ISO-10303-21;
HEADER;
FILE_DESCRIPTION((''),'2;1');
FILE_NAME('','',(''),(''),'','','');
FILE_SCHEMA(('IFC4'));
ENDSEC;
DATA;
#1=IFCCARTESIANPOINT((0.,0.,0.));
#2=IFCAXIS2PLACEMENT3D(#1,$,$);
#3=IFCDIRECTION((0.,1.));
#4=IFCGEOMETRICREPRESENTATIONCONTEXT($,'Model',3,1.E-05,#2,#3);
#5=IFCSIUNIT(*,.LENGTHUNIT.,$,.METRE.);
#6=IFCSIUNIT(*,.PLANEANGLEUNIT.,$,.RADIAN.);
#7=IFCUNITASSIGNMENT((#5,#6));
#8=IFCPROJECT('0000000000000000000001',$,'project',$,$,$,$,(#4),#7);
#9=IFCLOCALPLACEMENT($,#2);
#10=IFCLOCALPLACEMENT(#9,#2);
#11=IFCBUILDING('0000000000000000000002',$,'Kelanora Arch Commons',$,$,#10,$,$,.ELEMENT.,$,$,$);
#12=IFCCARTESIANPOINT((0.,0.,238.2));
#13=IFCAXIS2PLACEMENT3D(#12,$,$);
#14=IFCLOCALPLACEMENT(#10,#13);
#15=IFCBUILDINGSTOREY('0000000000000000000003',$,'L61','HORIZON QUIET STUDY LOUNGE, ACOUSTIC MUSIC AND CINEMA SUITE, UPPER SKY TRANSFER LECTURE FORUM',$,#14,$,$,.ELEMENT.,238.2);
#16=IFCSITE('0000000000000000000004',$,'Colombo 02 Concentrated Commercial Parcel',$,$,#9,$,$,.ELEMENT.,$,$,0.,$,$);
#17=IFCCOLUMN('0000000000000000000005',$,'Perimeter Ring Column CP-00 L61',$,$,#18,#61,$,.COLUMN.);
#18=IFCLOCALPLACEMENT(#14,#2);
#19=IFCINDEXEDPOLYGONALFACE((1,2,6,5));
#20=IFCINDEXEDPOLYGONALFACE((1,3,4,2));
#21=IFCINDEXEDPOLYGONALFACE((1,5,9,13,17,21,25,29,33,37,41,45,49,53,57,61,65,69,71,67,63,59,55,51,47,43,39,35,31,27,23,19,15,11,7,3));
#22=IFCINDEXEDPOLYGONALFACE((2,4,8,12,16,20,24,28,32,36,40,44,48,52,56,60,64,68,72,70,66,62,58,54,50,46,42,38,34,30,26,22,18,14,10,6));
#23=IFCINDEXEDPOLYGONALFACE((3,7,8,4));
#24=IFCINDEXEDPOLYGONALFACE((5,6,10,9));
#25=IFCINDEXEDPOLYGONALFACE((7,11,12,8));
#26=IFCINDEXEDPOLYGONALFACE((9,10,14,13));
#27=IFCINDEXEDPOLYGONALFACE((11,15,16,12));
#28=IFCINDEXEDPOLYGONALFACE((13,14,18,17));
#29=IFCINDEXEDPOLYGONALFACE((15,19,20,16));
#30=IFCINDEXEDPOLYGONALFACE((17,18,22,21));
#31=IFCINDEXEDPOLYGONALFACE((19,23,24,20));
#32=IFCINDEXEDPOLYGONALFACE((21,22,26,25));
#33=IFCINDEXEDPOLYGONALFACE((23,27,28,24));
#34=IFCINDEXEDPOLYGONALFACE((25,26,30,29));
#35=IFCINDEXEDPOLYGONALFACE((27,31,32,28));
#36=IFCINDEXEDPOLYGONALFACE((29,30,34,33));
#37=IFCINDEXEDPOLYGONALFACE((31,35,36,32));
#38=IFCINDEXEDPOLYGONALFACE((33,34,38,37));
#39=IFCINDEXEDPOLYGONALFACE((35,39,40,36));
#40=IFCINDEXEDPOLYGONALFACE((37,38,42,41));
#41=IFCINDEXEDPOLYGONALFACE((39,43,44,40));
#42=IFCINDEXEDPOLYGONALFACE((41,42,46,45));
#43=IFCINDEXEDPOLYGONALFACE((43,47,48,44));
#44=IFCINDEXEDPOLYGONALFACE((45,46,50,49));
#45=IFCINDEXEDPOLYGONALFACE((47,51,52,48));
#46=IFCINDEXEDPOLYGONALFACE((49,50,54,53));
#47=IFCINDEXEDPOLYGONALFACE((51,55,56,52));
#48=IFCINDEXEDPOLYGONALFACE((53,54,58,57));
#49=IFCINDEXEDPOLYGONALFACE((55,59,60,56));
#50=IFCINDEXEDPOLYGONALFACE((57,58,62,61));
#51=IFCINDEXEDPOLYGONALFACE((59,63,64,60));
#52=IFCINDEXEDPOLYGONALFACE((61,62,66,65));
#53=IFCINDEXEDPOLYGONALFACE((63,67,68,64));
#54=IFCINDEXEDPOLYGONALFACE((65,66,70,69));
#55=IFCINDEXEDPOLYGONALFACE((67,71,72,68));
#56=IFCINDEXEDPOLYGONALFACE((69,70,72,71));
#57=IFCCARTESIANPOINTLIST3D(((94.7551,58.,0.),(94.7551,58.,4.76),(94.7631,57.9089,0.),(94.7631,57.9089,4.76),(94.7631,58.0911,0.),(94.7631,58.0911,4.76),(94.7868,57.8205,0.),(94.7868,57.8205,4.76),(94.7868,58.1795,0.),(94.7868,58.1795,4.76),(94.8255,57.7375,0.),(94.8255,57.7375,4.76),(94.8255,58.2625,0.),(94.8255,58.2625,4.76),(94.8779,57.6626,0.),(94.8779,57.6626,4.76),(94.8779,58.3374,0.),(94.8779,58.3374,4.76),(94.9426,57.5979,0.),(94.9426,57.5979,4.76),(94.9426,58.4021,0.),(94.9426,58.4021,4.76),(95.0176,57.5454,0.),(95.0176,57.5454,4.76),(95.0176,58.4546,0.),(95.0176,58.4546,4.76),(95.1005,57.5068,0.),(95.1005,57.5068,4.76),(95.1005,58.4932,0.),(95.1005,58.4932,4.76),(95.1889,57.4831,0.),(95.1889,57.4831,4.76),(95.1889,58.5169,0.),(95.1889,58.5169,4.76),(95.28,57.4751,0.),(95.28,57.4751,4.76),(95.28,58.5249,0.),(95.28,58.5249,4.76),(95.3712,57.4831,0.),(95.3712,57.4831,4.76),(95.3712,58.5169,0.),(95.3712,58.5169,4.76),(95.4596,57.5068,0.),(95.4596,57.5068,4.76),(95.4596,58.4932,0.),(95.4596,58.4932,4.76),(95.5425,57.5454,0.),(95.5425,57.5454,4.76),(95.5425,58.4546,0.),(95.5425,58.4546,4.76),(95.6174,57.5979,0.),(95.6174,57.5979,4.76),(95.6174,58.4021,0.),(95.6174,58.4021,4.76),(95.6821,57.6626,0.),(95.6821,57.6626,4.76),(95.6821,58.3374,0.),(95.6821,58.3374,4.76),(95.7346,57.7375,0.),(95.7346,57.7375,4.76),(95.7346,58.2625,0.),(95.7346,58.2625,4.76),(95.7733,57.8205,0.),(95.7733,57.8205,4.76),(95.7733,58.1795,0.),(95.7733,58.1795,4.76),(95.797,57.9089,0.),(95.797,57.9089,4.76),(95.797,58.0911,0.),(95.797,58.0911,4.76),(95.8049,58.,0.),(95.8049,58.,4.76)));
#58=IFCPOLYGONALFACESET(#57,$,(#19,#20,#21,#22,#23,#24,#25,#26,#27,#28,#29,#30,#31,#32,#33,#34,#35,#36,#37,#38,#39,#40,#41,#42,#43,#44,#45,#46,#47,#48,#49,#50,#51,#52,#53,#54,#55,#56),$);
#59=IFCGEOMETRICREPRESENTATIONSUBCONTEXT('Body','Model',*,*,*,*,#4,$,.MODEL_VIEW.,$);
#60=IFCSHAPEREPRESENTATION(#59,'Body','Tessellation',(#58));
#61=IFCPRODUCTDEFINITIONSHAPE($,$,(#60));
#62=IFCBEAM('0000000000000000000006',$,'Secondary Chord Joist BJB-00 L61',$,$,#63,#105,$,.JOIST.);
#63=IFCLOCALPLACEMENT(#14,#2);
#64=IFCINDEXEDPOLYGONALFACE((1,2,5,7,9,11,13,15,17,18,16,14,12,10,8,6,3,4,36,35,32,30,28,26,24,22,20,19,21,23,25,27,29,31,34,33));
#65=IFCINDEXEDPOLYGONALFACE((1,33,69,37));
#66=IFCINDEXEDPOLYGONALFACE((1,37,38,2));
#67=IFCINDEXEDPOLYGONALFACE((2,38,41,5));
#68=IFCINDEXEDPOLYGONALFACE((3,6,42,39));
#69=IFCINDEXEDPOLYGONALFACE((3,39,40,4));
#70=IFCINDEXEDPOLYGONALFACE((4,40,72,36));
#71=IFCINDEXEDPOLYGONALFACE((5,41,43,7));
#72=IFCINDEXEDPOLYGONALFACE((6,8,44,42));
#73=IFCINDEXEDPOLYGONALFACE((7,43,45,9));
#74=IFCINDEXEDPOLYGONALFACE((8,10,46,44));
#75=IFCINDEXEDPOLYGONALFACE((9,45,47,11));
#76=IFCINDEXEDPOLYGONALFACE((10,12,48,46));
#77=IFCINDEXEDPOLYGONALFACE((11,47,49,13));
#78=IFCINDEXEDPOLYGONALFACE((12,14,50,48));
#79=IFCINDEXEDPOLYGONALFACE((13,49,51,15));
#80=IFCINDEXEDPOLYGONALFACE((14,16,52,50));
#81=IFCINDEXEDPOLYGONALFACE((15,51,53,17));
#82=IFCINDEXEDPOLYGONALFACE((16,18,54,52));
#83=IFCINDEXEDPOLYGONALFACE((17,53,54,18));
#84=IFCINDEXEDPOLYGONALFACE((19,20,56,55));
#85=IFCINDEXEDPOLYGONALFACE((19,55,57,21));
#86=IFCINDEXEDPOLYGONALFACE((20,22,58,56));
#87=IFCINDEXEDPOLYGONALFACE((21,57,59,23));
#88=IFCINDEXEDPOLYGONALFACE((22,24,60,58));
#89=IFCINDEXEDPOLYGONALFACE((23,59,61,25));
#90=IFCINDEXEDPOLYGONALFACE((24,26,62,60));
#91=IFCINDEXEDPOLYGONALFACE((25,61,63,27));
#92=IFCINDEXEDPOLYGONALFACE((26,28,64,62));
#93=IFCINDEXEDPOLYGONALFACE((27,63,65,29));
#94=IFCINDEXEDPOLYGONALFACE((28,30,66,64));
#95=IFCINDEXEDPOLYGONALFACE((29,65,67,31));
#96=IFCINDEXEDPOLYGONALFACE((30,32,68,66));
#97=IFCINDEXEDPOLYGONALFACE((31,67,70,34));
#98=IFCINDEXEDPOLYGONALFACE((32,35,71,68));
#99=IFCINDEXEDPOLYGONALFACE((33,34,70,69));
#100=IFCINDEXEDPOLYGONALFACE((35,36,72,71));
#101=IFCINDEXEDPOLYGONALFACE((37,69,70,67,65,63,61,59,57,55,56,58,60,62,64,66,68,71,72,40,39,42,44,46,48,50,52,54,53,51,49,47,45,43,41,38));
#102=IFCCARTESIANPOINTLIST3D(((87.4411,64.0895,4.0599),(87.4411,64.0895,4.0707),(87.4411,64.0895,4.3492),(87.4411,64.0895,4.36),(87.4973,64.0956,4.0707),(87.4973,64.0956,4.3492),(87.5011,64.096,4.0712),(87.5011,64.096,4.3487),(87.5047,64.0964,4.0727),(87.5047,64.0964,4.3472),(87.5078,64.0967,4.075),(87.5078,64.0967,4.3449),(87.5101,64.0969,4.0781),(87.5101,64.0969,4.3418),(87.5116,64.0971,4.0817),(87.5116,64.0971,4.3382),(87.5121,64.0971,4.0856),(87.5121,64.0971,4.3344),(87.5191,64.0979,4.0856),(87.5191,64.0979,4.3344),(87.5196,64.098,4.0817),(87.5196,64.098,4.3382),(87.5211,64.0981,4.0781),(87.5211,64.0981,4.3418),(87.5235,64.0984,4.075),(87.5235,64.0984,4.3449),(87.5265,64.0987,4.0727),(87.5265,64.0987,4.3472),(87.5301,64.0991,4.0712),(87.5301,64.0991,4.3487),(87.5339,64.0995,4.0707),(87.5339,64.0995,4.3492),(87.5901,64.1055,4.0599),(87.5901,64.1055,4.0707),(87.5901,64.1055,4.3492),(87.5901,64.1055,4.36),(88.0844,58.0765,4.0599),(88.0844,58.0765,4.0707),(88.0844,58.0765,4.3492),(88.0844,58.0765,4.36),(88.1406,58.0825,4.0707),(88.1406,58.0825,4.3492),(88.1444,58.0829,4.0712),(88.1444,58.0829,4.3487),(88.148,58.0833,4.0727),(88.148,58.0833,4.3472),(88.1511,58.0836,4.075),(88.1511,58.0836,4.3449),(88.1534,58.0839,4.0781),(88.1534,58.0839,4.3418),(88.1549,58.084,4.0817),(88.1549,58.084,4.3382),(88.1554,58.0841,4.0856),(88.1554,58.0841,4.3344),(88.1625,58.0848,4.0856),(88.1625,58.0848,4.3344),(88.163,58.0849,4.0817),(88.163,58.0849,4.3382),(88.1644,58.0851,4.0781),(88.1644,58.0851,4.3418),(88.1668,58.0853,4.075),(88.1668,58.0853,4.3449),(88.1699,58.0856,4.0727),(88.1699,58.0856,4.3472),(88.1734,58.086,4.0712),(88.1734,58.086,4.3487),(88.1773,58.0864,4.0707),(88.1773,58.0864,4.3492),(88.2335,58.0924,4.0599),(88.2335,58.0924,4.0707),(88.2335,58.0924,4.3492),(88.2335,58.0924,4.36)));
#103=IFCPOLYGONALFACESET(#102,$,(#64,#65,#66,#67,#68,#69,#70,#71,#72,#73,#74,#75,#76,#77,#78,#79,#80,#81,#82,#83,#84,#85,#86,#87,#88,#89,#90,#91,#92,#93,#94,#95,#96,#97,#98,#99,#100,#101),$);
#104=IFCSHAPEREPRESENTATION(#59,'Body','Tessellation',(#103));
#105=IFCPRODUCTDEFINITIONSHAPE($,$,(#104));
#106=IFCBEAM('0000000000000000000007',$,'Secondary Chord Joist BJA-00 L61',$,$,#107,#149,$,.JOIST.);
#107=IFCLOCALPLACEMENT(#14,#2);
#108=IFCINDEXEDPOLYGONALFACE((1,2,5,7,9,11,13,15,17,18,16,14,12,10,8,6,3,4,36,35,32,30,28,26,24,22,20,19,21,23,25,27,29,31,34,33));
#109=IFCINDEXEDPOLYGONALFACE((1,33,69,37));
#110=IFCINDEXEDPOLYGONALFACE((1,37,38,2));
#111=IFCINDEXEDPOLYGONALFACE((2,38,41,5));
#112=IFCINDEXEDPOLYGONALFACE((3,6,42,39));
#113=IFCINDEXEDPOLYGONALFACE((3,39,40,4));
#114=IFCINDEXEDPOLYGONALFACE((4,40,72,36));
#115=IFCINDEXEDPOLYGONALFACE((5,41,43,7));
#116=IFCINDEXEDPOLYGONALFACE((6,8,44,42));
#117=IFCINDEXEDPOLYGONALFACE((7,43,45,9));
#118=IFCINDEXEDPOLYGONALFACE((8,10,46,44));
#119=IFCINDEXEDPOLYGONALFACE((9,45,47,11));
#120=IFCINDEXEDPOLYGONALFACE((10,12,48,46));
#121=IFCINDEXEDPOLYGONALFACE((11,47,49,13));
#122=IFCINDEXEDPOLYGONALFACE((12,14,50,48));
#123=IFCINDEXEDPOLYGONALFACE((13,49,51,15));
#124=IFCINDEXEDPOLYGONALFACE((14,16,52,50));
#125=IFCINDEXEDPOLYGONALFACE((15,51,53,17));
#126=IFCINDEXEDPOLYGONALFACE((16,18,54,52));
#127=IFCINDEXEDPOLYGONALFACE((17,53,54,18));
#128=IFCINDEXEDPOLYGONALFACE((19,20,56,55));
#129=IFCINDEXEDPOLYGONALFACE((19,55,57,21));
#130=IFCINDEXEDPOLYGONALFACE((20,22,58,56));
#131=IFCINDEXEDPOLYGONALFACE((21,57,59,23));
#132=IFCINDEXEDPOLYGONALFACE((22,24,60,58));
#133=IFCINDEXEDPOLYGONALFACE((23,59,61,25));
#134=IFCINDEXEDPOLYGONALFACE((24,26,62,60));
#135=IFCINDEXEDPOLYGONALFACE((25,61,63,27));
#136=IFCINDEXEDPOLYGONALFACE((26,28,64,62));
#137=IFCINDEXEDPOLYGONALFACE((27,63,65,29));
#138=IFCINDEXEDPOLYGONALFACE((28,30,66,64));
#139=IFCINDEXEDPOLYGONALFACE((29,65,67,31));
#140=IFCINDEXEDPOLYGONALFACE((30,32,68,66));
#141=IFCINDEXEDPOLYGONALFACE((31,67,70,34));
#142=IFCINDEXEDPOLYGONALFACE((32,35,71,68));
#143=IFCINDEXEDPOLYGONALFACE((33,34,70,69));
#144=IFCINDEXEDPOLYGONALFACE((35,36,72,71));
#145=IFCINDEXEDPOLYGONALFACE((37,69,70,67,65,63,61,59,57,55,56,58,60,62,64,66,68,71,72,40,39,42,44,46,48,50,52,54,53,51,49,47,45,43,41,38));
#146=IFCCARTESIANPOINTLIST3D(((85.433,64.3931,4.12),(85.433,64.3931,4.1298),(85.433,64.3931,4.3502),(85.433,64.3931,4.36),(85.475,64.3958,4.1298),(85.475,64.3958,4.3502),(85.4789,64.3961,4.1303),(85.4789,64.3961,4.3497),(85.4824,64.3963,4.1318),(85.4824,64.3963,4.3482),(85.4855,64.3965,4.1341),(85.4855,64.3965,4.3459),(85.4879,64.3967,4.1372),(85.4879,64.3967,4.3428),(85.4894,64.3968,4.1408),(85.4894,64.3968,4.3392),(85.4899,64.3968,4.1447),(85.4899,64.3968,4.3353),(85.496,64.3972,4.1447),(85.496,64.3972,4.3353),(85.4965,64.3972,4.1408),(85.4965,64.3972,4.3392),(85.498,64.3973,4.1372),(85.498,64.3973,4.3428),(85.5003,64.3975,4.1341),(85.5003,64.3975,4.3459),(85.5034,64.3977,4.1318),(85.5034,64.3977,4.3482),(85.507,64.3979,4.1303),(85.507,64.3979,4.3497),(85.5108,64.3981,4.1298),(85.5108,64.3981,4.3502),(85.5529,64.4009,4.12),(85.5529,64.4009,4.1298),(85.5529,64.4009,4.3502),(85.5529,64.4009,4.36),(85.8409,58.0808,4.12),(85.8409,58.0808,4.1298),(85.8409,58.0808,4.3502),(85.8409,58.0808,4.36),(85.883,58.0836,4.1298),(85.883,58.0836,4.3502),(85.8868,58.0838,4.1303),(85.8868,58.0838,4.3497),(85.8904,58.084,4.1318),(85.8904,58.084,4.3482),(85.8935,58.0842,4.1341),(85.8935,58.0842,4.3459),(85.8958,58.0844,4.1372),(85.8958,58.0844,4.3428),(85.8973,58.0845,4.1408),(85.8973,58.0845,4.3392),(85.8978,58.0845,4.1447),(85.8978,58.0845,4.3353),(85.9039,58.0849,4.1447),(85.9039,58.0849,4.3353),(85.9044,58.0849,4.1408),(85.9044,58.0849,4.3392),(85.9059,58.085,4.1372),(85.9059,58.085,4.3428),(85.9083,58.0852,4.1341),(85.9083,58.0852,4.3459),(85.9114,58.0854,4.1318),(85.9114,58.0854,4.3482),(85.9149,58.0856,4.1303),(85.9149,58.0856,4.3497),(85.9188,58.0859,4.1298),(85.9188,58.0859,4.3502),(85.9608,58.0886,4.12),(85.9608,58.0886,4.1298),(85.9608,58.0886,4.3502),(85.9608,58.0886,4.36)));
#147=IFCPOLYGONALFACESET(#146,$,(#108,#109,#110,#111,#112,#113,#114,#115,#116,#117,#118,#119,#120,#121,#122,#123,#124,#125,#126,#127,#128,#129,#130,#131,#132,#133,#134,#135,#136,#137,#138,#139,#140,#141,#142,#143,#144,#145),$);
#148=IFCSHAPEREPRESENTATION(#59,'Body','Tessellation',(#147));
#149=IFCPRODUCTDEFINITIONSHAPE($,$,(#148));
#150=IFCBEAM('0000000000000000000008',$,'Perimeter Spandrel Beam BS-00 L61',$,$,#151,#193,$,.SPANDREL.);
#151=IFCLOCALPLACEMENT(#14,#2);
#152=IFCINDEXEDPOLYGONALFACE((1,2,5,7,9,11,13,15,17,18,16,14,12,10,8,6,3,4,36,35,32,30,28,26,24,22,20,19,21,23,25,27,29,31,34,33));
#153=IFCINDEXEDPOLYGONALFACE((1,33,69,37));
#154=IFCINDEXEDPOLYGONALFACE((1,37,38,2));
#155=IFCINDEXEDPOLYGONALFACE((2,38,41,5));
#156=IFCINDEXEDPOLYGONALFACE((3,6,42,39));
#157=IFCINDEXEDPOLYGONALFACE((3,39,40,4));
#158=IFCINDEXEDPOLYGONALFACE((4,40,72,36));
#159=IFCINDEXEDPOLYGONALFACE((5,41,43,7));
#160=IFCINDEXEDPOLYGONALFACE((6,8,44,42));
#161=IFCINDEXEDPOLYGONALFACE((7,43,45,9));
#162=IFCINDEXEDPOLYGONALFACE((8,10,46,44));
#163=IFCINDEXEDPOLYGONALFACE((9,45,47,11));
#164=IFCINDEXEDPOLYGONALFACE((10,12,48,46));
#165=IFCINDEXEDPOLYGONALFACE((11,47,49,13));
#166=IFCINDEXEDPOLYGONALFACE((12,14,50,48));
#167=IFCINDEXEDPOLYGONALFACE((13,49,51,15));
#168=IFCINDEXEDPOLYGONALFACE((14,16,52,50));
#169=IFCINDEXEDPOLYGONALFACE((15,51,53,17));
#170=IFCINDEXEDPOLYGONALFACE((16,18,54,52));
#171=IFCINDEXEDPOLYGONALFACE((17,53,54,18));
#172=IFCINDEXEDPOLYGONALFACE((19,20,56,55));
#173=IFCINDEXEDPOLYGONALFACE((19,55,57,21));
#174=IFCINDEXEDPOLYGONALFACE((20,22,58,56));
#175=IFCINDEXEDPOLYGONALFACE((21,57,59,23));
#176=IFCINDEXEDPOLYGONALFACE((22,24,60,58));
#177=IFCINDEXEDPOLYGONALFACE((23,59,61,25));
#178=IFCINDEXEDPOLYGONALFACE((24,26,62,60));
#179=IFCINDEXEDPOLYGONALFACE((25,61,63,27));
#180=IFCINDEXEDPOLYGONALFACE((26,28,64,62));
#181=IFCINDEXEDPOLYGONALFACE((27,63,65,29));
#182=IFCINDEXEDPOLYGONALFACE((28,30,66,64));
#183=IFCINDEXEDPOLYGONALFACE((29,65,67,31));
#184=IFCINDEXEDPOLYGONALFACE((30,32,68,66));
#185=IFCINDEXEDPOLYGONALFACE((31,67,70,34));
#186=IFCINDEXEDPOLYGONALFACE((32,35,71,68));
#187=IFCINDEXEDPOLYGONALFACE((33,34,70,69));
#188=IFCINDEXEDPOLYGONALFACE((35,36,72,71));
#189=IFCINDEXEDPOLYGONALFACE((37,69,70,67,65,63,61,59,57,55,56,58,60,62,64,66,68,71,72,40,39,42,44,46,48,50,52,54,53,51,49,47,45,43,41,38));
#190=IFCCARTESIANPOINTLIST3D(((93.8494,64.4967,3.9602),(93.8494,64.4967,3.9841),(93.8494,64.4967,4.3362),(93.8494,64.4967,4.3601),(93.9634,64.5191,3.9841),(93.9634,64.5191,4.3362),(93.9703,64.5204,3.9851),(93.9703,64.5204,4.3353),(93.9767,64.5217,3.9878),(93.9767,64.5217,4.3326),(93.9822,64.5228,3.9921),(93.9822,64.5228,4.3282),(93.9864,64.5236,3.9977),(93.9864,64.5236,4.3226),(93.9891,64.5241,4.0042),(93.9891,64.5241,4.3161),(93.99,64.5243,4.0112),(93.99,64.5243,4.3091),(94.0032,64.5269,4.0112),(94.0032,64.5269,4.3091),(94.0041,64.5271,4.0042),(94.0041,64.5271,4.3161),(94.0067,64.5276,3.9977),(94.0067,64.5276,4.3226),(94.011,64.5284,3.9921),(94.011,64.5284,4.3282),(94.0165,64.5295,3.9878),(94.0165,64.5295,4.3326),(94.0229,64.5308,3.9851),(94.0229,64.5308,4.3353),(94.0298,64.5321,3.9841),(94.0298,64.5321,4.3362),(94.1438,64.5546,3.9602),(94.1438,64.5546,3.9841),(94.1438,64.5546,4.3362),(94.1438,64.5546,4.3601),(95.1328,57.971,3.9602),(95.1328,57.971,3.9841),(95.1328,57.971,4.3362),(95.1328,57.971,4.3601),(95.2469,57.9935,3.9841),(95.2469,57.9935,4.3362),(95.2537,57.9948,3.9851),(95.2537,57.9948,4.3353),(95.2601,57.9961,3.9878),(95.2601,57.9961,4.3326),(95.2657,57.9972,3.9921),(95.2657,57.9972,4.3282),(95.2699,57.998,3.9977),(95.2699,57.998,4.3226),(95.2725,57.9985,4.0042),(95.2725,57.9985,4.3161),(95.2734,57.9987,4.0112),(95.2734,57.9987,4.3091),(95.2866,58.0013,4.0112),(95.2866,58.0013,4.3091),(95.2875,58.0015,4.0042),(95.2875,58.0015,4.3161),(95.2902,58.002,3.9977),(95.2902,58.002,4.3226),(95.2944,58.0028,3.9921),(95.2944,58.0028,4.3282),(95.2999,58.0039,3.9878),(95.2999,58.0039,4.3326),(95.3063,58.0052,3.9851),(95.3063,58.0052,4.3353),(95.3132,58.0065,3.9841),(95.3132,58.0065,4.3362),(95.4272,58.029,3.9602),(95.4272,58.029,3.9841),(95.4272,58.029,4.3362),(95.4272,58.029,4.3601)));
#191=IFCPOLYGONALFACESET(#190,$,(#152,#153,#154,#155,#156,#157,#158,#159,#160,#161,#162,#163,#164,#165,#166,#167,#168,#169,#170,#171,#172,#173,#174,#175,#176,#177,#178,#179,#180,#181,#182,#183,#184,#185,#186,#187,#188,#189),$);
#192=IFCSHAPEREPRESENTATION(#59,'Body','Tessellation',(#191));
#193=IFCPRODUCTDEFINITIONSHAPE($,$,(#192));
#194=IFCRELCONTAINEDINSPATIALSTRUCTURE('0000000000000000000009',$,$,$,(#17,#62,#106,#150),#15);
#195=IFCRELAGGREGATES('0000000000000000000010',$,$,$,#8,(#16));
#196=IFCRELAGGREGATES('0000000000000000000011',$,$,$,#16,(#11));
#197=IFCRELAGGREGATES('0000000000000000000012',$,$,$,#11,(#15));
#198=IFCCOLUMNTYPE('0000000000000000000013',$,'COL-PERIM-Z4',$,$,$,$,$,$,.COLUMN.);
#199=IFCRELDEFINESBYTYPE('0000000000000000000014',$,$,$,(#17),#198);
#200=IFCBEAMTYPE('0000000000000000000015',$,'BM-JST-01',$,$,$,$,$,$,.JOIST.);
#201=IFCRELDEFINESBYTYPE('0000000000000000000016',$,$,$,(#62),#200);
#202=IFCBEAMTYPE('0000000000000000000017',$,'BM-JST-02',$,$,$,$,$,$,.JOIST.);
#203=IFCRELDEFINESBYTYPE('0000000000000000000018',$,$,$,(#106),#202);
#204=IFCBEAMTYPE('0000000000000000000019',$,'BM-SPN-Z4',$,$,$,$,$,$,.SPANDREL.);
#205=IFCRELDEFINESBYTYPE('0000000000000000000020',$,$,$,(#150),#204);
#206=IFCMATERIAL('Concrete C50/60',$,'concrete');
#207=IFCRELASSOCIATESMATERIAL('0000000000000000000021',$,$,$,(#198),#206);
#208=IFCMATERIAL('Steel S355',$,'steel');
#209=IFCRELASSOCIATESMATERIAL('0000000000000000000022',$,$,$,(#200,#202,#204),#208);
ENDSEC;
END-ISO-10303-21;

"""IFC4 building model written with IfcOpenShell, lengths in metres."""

from ifc_helpers import new_model, si_unit, direction, frame, origin, origin_2d, place, context, subcontext, project, spatial, circle, i_section, extrude, material, material_profile, profile_set, type_object, element, save


model = new_model("IFC4")

# Units and contexts
model_context = context("Model", 3, precision=1e-05, world=origin(), true_north=direction((0.0, 1.0)))
body_context = subcontext(model_context, "Body", "Model", "MODEL_VIEW")
ifc_project = project(units=[si_unit("LENGTHUNIT", "METRE"), si_unit("PLANEANGLEUNIT", "RADIAN")], contexts=[model_context])

# Site, building, storey
site_placement = place(None, origin())
site = spatial("IfcSite", under=ifc_project, at=site_placement, Name="Colombo 02 Concentrated Commercial Parcel", CompositionType="ELEMENT", RefElevation=0.0)
building_placement = place(site_placement, origin())
building = spatial("IfcBuilding", under=site, at=building_placement, Name="Kelanora Arch Commons", CompositionType="ELEMENT")
storey_placement = place(building_placement, frame((0.0, 0.0, 238.2)))
storey = spatial("IfcBuildingStorey", under=building, at=storey_placement, Name="L61", Description="HORIZON QUIET STUDY LOUNGE, ACOUSTIC MUSIC AND CINEMA SUITE, UPPER SKY TRANSFER LECTURE FORUM", CompositionType="ELEMENT", Elevation=238.2)

# Column
ifc_material_1 = material(Name="Concrete C50/60", Category="concrete")
ifc_material_profile_1 = material_profile(ifc_material_1, circle(Radius=0.5249, at=origin_2d()), Name="RCC1050")
ifc_profile_set_1 = profile_set([ifc_material_profile_1], Name="Concrete C50/60")
column_type = type_object("IfcColumnType", Name="COL-PERIM-Z4", PredefinedType="COLUMN", material=ifc_profile_set_1)
column_placement = place(storey_placement, frame((95.28, 58.0, 0.0), z_axis=(0.0, 0.0, 1.0), x_axis=(1.0, 0.0, 0.0)))
element("IfcColumn", 1, at=column_placement, inside=storey, type_object=column_type, Name="Perimeter Ring Column CP-00 L61", PredefinedType="COLUMN", context=body_context, shape_type="SweptSolid", body=[
    extrude(circle(Radius=0.5249, at=origin_2d()), origin(), (0.0, 0.0, 1.0), 4.76),
])

# Beams
ifc_material_2 = material(Name="Steel S355", Category="steel")
ifc_material_profile_2 = material_profile(ifc_material_2, i_section(OverallWidth=0.1499, OverallDepth=0.3, WebThickness=0.0071, FlangeThickness=0.0107, FilletRadius=0.0149, at=origin_2d()), Name="IPE300")
ifc_profile_set_2 = profile_set([ifc_material_profile_2], Name="Steel S355")
beam_type_1 = type_object("IfcBeamType", Name="BM-JST-01", PredefinedType="JOIST", material=ifc_profile_set_2)
beam_1_placement = place(storey_placement, frame((88.1589, 58.0845, 4.21), z_axis=(-0.106381, 0.994325, 0.0), x_axis=(-0.994325, -0.106381, 0.0)))
element("IfcBeam", 2, at=beam_1_placement, inside=storey, type_object=beam_type_1, Name="Secondary Chord Joist BJB-00 L61", PredefinedType="JOIST", context=body_context, shape_type="SweptSolid", body=[
    extrude(i_section(OverallWidth=0.1499, OverallDepth=0.3, WebThickness=0.0071, FlangeThickness=0.0107, FilletRadius=0.0149, at=origin_2d()), origin(), (0.0, 0.0, 1.0), 6.0474),
])
ifc_material_profile_3 = material_profile(ifc_material_2, i_section(OverallWidth=0.1201, OverallDepth=0.24, WebThickness=0.0061, FlangeThickness=0.0098, FilletRadius=0.0149, at=origin_2d()), Name="IPE240")
ifc_profile_set_3 = profile_set([ifc_material_profile_3], Name="Steel S355")
beam_type_2 = type_object("IfcBeamType", Name="BM-JST-02", PredefinedType="JOIST", material=ifc_profile_set_3)
beam_2_placement = place(storey_placement, frame((85.9009, 58.0847, 4.24), z_axis=(-0.064495, 0.997918, 0.0), x_axis=(-0.997918, -0.064495, 0.0)))
element("IfcBeam", 3, at=beam_2_placement, inside=storey, type_object=beam_type_2, Name="Secondary Chord Joist BJA-00 L61", PredefinedType="JOIST", context=body_context, shape_type="SweptSolid", body=[
    extrude(i_section(OverallWidth=0.1201, OverallDepth=0.24, WebThickness=0.0061, FlangeThickness=0.0098, FilletRadius=0.0149, at=origin_2d()), origin(), (0.0, 0.0, 1.0), 6.3254),
])
ifc_material_profile_4 = material_profile(ifc_material_2, i_section(OverallWidth=0.3, OverallDepth=0.3999, WebThickness=0.0134, FlangeThickness=0.0239, FilletRadius=0.0271, at=origin_2d()), Name="HEB400")
ifc_profile_set_4 = profile_set([ifc_material_profile_4], Name="Steel S355")
beam_type_3 = type_object("IfcBeamType", Name="BM-SPN-Z4", PredefinedType="SPANDREL", material=ifc_profile_set_4)
beam_3_placement = place(storey_placement, frame((95.28, 58.0, 4.1602), z_axis=(-0.192981, 0.981203, 0.0), x_axis=(-0.981203, -0.192981, 0.0)))
element("IfcBeam", 4, at=beam_3_placement, inside=storey, type_object=beam_type_3, Name="Perimeter Spandrel Beam BS-00 L61", PredefinedType="SPANDREL", context=body_context, shape_type="SweptSolid", body=[
    extrude(i_section(OverallWidth=0.3, OverallDepth=0.3999, WebThickness=0.0134, FlangeThickness=0.0239, FilletRadius=0.0271, at=origin_2d()), origin(), (0.0, 0.0, 1.0), 6.6506),
])

save(model, "model.ifc")
